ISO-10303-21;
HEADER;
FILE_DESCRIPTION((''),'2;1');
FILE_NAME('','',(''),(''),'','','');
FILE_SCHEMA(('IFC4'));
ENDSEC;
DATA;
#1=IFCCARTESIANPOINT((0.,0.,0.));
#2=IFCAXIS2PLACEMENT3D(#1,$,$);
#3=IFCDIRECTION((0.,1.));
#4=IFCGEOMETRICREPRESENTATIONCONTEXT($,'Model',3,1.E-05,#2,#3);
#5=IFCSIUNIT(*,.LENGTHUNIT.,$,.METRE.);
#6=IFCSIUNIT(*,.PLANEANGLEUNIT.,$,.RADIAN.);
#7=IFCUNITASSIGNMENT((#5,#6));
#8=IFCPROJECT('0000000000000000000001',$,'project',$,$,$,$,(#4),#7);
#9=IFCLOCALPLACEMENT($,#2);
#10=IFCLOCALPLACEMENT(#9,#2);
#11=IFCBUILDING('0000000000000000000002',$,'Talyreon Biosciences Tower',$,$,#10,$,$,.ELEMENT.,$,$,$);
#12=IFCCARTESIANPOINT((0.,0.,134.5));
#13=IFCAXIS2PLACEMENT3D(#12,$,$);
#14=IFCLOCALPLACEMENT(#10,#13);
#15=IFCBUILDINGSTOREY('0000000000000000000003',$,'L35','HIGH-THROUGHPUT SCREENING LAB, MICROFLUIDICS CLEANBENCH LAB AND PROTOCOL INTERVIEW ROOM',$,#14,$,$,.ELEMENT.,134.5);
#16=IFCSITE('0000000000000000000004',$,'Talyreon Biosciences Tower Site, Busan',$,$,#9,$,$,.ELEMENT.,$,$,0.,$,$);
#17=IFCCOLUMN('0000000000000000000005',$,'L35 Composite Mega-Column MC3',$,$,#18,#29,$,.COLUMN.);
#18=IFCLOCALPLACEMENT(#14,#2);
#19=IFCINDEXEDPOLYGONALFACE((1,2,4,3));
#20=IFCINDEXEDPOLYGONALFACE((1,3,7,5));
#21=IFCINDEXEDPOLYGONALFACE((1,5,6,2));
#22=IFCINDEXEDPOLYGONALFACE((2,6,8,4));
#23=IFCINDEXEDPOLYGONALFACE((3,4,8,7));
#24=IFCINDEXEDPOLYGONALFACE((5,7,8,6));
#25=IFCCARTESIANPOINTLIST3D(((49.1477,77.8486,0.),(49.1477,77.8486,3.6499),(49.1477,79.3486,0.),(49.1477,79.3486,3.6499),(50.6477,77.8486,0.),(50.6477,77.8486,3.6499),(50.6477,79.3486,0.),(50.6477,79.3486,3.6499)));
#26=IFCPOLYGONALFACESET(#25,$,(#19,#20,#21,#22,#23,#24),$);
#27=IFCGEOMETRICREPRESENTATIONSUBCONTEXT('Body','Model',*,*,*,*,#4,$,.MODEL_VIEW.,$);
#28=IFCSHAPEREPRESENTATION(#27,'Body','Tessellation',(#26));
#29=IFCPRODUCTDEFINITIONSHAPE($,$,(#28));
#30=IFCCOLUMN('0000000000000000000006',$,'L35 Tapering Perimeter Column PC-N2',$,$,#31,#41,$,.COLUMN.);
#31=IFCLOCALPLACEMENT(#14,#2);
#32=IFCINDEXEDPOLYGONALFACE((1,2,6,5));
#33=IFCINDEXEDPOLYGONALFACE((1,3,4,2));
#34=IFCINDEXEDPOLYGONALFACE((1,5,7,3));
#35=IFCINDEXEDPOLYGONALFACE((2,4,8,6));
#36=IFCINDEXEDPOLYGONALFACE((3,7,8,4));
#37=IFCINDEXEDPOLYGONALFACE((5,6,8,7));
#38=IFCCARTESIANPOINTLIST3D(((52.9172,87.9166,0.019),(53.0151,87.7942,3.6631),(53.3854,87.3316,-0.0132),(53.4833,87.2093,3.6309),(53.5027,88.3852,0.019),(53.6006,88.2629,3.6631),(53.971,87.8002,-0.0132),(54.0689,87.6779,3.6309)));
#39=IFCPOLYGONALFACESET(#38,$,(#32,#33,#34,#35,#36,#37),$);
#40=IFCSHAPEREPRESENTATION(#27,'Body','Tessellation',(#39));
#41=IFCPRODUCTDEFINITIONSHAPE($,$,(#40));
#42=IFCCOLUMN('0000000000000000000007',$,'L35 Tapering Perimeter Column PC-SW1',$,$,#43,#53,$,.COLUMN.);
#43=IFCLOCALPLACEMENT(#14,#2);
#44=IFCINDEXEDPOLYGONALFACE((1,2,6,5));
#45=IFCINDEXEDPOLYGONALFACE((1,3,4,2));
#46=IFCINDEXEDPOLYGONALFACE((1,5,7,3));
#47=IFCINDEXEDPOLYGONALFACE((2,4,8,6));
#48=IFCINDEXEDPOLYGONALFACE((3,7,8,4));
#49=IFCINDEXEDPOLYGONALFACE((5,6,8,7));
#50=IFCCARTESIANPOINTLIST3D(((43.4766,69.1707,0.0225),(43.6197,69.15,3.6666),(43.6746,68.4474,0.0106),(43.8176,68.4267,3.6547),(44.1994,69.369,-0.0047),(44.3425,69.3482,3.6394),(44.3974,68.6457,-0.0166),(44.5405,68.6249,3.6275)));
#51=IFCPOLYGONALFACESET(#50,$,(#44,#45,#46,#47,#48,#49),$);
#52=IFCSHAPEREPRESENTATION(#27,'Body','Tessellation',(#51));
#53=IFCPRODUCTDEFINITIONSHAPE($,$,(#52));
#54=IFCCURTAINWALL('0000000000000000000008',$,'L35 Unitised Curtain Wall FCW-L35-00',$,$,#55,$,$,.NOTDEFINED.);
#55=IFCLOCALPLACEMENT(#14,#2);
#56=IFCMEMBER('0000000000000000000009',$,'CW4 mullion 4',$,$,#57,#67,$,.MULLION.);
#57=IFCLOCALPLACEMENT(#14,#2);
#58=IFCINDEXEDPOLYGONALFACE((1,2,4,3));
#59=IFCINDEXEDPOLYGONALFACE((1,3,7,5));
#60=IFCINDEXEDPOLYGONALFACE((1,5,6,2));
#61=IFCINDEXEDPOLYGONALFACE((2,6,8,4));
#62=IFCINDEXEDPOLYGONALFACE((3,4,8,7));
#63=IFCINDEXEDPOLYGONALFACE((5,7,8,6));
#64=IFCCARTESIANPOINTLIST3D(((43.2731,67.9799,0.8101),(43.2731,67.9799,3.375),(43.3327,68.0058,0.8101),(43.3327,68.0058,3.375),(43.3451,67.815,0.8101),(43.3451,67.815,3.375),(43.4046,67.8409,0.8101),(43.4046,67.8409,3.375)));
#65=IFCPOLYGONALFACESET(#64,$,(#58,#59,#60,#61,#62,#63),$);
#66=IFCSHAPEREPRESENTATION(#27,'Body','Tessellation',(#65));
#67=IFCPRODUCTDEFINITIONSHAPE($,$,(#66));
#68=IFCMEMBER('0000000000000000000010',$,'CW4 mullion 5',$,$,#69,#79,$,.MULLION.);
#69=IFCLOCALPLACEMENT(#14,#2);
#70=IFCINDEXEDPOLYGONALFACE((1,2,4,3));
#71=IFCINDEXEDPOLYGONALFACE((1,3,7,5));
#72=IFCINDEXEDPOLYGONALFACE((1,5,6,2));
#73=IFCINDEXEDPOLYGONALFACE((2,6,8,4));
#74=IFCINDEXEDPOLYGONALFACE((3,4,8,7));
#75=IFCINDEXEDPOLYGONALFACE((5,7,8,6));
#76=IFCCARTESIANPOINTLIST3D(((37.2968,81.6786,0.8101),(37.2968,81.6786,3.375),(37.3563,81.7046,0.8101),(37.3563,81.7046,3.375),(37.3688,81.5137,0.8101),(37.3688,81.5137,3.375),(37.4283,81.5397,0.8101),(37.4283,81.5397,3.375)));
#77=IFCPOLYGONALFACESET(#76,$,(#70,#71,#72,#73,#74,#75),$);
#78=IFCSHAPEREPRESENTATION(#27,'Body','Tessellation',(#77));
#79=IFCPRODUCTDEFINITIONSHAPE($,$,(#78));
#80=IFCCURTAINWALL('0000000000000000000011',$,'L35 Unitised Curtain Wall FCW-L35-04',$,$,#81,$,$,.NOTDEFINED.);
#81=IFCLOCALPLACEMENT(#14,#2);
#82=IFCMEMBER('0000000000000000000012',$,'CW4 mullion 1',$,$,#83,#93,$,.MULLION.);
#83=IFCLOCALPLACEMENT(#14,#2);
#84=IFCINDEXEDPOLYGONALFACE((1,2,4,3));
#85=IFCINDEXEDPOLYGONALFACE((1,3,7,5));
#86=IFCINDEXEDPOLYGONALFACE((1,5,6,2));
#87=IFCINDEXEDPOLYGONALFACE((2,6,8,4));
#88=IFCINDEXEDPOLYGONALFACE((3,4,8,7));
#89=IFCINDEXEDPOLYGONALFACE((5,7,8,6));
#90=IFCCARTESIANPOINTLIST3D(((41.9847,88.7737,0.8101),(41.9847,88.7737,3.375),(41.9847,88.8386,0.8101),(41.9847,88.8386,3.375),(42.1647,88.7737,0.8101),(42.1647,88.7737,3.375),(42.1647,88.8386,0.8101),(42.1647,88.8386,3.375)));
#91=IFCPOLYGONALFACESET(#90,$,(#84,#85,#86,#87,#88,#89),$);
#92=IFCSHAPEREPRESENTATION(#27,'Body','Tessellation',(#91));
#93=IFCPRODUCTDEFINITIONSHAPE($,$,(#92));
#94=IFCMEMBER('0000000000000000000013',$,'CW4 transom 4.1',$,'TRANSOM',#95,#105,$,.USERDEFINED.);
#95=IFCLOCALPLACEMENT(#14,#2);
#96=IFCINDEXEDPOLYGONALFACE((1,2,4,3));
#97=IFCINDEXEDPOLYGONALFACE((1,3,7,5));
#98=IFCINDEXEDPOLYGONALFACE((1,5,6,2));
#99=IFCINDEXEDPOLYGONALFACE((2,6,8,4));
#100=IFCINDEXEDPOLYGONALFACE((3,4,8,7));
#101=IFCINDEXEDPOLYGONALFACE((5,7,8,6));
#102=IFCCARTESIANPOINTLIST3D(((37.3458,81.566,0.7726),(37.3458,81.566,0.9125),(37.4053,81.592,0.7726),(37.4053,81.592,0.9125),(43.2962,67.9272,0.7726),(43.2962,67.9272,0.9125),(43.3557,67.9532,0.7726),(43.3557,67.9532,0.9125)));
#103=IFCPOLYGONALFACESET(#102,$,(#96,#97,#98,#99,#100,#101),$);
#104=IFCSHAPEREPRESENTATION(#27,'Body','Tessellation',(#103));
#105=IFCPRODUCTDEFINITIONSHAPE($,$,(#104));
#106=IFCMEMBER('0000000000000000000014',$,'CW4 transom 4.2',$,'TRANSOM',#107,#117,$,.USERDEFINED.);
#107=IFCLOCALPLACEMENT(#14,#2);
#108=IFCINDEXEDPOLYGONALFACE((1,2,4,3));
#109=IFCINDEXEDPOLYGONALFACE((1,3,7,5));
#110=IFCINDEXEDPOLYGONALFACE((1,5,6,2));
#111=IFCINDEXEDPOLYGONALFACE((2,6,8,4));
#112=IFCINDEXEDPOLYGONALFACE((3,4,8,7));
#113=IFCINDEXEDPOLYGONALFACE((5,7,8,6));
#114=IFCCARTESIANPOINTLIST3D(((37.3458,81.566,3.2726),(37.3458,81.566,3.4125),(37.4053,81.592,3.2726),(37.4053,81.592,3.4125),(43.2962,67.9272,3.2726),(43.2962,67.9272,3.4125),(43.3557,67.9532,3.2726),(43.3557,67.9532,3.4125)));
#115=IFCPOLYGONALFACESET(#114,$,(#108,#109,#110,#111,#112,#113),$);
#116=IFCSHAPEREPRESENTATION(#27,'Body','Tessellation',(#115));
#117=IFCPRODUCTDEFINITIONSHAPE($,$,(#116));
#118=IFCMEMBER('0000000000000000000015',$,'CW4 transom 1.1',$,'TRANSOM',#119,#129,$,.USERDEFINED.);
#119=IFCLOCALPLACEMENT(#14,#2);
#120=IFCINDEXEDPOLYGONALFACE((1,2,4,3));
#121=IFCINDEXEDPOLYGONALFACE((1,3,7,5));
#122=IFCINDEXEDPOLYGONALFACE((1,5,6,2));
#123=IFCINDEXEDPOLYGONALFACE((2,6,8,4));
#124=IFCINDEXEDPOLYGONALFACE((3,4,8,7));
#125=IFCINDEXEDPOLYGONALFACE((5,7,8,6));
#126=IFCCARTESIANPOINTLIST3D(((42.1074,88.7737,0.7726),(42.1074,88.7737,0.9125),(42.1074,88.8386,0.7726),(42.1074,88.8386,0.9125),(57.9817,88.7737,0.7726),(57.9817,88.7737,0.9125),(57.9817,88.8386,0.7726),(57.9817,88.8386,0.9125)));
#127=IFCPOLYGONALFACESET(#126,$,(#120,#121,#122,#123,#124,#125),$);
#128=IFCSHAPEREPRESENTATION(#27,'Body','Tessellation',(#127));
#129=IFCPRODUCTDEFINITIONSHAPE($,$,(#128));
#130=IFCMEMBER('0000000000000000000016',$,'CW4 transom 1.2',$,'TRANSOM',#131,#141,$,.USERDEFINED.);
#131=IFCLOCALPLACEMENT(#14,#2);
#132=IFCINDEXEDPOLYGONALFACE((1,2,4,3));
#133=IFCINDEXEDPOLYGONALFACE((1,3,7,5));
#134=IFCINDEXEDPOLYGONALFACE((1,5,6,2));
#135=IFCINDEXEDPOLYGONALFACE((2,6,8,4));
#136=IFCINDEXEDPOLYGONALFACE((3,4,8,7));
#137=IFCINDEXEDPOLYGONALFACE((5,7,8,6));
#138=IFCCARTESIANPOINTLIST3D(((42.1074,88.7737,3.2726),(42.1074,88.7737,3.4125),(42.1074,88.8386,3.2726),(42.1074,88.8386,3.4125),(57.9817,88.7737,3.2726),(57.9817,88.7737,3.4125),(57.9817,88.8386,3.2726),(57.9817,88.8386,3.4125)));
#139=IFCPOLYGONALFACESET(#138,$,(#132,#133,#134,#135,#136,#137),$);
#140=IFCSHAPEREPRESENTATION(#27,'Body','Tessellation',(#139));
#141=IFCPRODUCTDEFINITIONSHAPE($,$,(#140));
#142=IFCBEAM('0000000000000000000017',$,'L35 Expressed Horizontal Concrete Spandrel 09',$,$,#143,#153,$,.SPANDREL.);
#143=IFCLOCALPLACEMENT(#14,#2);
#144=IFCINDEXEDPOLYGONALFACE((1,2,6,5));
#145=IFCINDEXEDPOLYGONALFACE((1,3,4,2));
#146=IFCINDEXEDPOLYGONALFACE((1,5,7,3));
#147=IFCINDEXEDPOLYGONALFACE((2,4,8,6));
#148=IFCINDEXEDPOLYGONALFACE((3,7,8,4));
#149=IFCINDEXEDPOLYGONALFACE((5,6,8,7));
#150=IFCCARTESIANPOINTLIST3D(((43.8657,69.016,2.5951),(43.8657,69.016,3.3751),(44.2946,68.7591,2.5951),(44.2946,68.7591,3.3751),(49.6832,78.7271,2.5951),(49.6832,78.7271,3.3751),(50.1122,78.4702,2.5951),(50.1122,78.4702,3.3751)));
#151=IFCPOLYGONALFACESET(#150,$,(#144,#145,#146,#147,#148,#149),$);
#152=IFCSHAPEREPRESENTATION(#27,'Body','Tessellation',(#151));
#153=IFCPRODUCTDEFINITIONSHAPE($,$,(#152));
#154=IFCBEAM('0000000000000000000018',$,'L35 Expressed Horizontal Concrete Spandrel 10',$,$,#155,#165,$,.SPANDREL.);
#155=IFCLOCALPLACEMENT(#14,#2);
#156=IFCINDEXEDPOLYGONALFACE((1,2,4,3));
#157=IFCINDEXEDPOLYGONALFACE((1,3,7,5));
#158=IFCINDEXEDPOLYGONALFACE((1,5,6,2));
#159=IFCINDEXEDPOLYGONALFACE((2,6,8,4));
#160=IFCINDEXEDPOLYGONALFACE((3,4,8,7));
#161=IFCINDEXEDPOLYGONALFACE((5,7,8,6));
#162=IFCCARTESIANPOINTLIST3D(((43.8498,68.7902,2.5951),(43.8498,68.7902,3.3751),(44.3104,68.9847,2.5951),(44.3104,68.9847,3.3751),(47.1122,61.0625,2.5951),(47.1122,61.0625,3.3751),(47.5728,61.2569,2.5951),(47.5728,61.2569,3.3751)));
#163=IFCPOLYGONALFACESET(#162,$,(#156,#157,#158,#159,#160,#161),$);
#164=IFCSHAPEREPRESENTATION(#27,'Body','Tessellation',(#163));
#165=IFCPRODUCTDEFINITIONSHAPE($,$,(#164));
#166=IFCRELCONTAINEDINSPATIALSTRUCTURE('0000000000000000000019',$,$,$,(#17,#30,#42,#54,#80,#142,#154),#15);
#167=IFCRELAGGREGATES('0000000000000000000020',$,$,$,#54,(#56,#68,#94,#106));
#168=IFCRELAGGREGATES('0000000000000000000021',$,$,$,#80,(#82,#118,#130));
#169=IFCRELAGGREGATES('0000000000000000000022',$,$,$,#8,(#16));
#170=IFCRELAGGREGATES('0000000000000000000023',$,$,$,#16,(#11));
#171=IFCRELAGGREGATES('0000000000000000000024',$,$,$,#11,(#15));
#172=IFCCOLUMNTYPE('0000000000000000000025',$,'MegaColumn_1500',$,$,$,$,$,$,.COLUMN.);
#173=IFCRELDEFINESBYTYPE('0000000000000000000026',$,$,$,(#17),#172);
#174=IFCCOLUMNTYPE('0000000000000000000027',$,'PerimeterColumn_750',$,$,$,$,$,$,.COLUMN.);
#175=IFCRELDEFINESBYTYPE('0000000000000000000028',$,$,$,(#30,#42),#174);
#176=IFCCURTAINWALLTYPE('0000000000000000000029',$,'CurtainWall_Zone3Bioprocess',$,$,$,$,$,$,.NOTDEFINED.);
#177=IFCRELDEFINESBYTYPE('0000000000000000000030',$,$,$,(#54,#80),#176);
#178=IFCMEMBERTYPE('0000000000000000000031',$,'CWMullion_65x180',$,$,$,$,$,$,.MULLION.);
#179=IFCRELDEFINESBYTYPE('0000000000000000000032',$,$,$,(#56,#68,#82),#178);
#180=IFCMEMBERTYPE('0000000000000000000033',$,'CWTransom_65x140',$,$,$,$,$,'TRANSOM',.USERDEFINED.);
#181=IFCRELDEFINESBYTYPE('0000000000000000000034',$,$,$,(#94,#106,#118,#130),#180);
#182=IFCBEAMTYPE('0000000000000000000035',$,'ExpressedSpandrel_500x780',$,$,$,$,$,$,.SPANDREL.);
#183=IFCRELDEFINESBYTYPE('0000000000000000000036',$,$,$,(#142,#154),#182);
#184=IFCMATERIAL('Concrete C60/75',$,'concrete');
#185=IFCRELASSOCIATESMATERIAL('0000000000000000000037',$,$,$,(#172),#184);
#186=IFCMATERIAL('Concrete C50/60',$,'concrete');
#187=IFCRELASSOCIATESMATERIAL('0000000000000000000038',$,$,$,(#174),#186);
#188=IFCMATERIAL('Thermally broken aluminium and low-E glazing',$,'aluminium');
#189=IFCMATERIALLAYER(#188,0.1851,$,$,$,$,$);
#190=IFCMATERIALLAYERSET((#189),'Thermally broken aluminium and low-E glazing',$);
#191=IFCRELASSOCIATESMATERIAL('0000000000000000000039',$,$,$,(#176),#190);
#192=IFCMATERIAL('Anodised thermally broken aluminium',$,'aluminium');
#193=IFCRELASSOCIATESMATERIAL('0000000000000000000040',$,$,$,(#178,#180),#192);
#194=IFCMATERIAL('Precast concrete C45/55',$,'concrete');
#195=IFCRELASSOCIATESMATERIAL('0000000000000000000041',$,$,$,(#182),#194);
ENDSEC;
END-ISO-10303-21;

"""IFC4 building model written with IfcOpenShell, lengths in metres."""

from ifc_helpers import new_model, si_unit, direction, frame, origin, origin_2d, place, context, subcontext, project, spatial, rectangle, extrude, material, layer, layer_set, material_profile, profile_set, type_object, element, aggregate, save


model = new_model("IFC4")

# Units and contexts
model_context = context("Model", 3, precision=1e-05, world=origin(), true_north=direction((0.0, 1.0)))
body_context = subcontext(model_context, "Body", "Model", "MODEL_VIEW")
ifc_project = project(units=[si_unit("LENGTHUNIT", "METRE"), si_unit("PLANEANGLEUNIT", "RADIAN")], contexts=[model_context])

# Site, building, storey
site_placement = place(None, origin())
site = spatial("IfcSite", under=ifc_project, at=site_placement, Name="Talyreon Biosciences Tower Site, Busan", CompositionType="ELEMENT", RefElevation=0.0)
building_placement = place(site_placement, origin())
building = spatial("IfcBuilding", under=site, at=building_placement, Name="Talyreon Biosciences Tower", CompositionType="ELEMENT")
storey_placement = place(building_placement, frame((0.0, 0.0, 134.5)))
storey = spatial("IfcBuildingStorey", under=building, at=storey_placement, Name="L35", Description="HIGH-THROUGHPUT SCREENING LAB, MICROFLUIDICS CLEANBENCH LAB AND PROTOCOL INTERVIEW ROOM", CompositionType="ELEMENT", Elevation=134.5)

# Columns
ifc_material_1 = material(Name="Concrete C60/75", Category="concrete")
ifc_material_profile_1 = material_profile(ifc_material_1, rectangle(XDim=1.5, YDim=1.5, at=origin_2d()), Name="RC 1500x1500")
ifc_profile_set_1 = profile_set([ifc_material_profile_1], Name="Concrete C60/75")
column_type_1 = type_object("IfcColumnType", Name="MegaColumn_1500", PredefinedType="COLUMN", material=ifc_profile_set_1)
column_1_placement = place(storey_placement, frame((49.8977, 78.5986, 0.0), z_axis=(0.0, 0.0, 1.0), x_axis=(1.0, 0.0, 0.0)))
element("IfcColumn", 1, at=column_1_placement, inside=storey, type_object=column_type_1, Name="L35 Composite Mega-Column MC3", PredefinedType="COLUMN", context=body_context, shape_type="SweptSolid", body=[
    extrude(rectangle(XDim=1.5, YDim=1.5, at=origin_2d()), origin(), (0.0, 0.0, 1.0), 3.6499),
])
ifc_material_2 = material(Name="Concrete C50/60", Category="concrete")
ifc_material_profile_2 = material_profile(ifc_material_2, rectangle(XDim=0.75, YDim=0.75, at=origin_2d()), Name="RC 750x750")
ifc_profile_set_2 = profile_set([ifc_material_profile_2], Name="Concrete C50/60")
column_type_2 = type_object("IfcColumnType", Name="PerimeterColumn_750", PredefinedType="COLUMN", material=ifc_profile_set_2)
column_2_placement = place(storey_placement, frame((53.4441, 87.8584, 0.0029), z_axis=(0.026841, -0.033535, 0.999077), x_axis=(-0.780717, -0.624885, 0.0)))
element("IfcColumn", 2, at=column_2_placement, inside=storey, type_object=column_type_2, Name="L35 Tapering Perimeter Column PC-N2", PredefinedType="COLUMN", context=body_context, shape_type="SweptSolid", body=[
    extrude(rectangle(XDim=0.75, YDim=0.75, at=origin_2d()), origin(), (0.0, 0.0, 1.0), 3.6475),
])
column_3_placement = place(storey_placement, frame((43.937, 68.9082, 0.0029), z_axis=(0.039229, -0.00569, 0.999214), x_axis=(0.963744, 0.264342, -0.036332)))
element("IfcColumn", 3, at=column_3_placement, inside=storey, type_object=column_type_2, Name="L35 Tapering Perimeter Column PC-SW1", PredefinedType="COLUMN", context=body_context, shape_type="SweptSolid", body=[
    extrude(rectangle(XDim=0.75, YDim=0.75, at=origin_2d()), origin(), (0.0, 0.0, 1.0), 3.647),
])

# Curtain wall, members
ifc_material_3 = material(Name="Thermally broken aluminium and low-E glazing", Category="aluminium")
ifc_layer_1 = layer(ifc_material_3, 0.1851)
ifc_layer_set_1 = layer_set([ifc_layer_1], Name="Thermally broken aluminium and low-E glazing")
curtain_wall_type = type_object("IfcCurtainWallType", Name="CurtainWall_Zone3Bioprocess", PredefinedType="NOTDEFINED", material=ifc_layer_set_1)
curtain_wall_1_placement = place(storey_placement, origin())
curtain_wall_1 = element("IfcCurtainWall", 4, at=curtain_wall_1_placement, inside=storey, type_object=curtain_wall_type, Name="L35 Unitised Curtain Wall FCW-L35-00", PredefinedType="NOTDEFINED")
ifc_material_4 = material(Name="Anodised thermally broken aluminium", Category="aluminium")
ifc_material_profile_3 = material_profile(ifc_material_4, rectangle(XDim=0.0649, YDim=0.1799, at=origin_2d()), Name="ALUM MULLION 65x180")
ifc_profile_set_3 = profile_set([ifc_material_profile_3], Name="Anodised thermally broken aluminium")
member_type_1 = type_object("IfcMemberType", Name="CWMullion_65x180", PredefinedType="MULLION", material=ifc_profile_set_3)
member_1_placement = place(storey_placement, frame((43.3389, 67.9104, 0.8101), z_axis=(0.0, 0.0, 1.0), x_axis=(-0.916566, -0.399882, 0.0)))
member_1 = element("IfcMember", 5, at=member_1_placement, type_object=member_type_1, Name="CW4 mullion 4", PredefinedType="MULLION", context=body_context, shape_type="SweptSolid", body=[
    extrude(rectangle(XDim=0.0649, YDim=0.1799, at=origin_2d()), origin(), (0.0, 0.0, 1.0), 2.5649),
])
member_2_placement = place(storey_placement, frame((37.3625, 81.6091, 0.8101), z_axis=(0.0, 0.0, 1.0), x_axis=(-0.916566, -0.399882, 0.0)))
member_2 = element("IfcMember", 6, at=member_2_placement, type_object=member_type_1, Name="CW4 mullion 5", PredefinedType="MULLION", context=body_context, shape_type="SweptSolid", body=[
    extrude(rectangle(XDim=0.0649, YDim=0.1799, at=origin_2d()), origin(), (0.0, 0.0, 1.0), 2.5649),
])

# Curtain wall, member
curtain_wall_2_placement = place(storey_placement, origin())
curtain_wall_2 = element("IfcCurtainWall", 7, at=curtain_wall_2_placement, inside=storey, type_object=curtain_wall_type, Name="L35 Unitised Curtain Wall FCW-L35-04", PredefinedType="NOTDEFINED")
member_3_placement = place(storey_placement, frame((42.0747, 88.8062, 0.8101), z_axis=(0.0, 0.0, 1.0), x_axis=(0.0, 1.0, 0.0)))
member_3 = element("IfcMember", 8, at=member_3_placement, type_object=member_type_1, Name="CW4 mullion 1", PredefinedType="MULLION", context=body_context, shape_type="SweptSolid", body=[
    extrude(rectangle(XDim=0.0649, YDim=0.1799, at=origin_2d()), origin(), (0.0, 0.0, 1.0), 2.5649),
])

# Members
ifc_material_profile_4 = material_profile(ifc_material_4, rectangle(XDim=0.0649, YDim=0.1399, at=origin_2d()), Name="ALUM TRANSOM 65x140")
ifc_profile_set_4 = profile_set([ifc_material_profile_4], Name="Anodised thermally broken aluminium")
member_type_2 = type_object("IfcMemberType", Name="CWTransom_65x140", ElementType="TRANSOM", PredefinedType="USERDEFINED", material=ifc_profile_set_4)
member_4_placement = place(storey_placement, frame((43.3259, 67.9402, 0.8425), z_axis=(-0.399883, 0.916566, 0.0), x_axis=(-0.916566, -0.399883, 0.0)))
member_4 = element("IfcMember", 9, at=member_4_placement, type_object=member_type_2, Name="CW4 transom 4.1", ObjectType="TRANSOM", PredefinedType="USERDEFINED", context=body_context, shape_type="SweptSolid", body=[
    extrude(rectangle(XDim=0.0649, YDim=0.1399, at=origin_2d()), origin(), (0.0, 0.0, 1.0), 14.8804),
])
member_5_placement = place(storey_placement, frame((43.3259, 67.9402, 3.3425), z_axis=(-0.399883, 0.916566, 0.0), x_axis=(-0.916566, -0.399883, 0.0)))
member_5 = element("IfcMember", 10, at=member_5_placement, type_object=member_type_2, Name="CW4 transom 4.2", ObjectType="TRANSOM", PredefinedType="USERDEFINED", context=body_context, shape_type="SweptSolid", body=[
    extrude(rectangle(XDim=0.0649, YDim=0.1399, at=origin_2d()), origin(), (0.0, 0.0, 1.0), 14.8804),
])
member_6_placement = place(storey_placement, frame((42.1074, 88.8062, 0.8425), z_axis=(1.0, 0.0, 0.0), x_axis=(0.0, 1.0, 0.0)))
member_6 = element("IfcMember", 11, at=member_6_placement, type_object=member_type_2, Name="CW4 transom 1.1", ObjectType="TRANSOM", PredefinedType="USERDEFINED", context=body_context, shape_type="SweptSolid", body=[
    extrude(rectangle(XDim=0.0649, YDim=0.1399, at=origin_2d()), origin(), (0.0, 0.0, 1.0), 15.8743),
])
member_7_placement = place(storey_placement, frame((42.1074, 88.8062, 3.3425), z_axis=(1.0, 0.0, 0.0), x_axis=(0.0, 1.0, 0.0)))
member_7 = element("IfcMember", 12, at=member_7_placement, type_object=member_type_2, Name="CW4 transom 1.2", ObjectType="TRANSOM", PredefinedType="USERDEFINED", context=body_context, shape_type="SweptSolid", body=[
    extrude(rectangle(XDim=0.0649, YDim=0.1399, at=origin_2d()), origin(), (0.0, 0.0, 1.0), 15.8743),
])

# Beams
ifc_material_5 = material(Name="Precast concrete C45/55", Category="concrete")
ifc_material_profile_5 = material_profile(ifc_material_5, rectangle(XDim=0.5, YDim=0.78, at=origin_2d()), Name="RCB 500x780")
ifc_profile_set_5 = profile_set([ifc_material_profile_5], Name="Precast concrete C45/55")
beam_type_1 = type_object("IfcBeamType", Name="ExpressedSpandrel_500x780", PredefinedType="SPANDREL", material=ifc_profile_set_5)
beam_1_placement = place(storey_placement, frame((49.8977, 78.5986, 2.9851), z_axis=(-0.513906, -0.857847, 0.0), x_axis=(0.857847, -0.513906, 0.0)))
element("IfcBeam", 13, at=beam_1_placement, inside=storey, type_object=beam_type_1, Name="L35 Expressed Horizontal Concrete Spandrel 09", PredefinedType="SPANDREL", context=body_context, shape_type="SweptSolid", body=[
    extrude(rectangle(XDim=0.5, YDim=0.78, at=origin_2d()), origin(), (0.0, 0.0, 1.0), 11.3203),
])
beam_2_placement = place(storey_placement, frame((44.0801, 68.8875, 2.9851), z_axis=(0.388933, -0.921266, 0.0), x_axis=(0.921266, 0.388933, 0.0)))
element("IfcBeam", 14, at=beam_2_placement, inside=storey, type_object=beam_type_1, Name="L35 Expressed Horizontal Concrete Spandrel 10", PredefinedType="SPANDREL", context=body_context, shape_type="SweptSolid", body=[
    extrude(rectangle(XDim=0.5, YDim=0.78, at=origin_2d()), origin(), (0.0, 0.0, 1.0), 8.3882),
])

aggregate(curtain_wall_1, [member_1, member_2, member_4, member_5])
aggregate(curtain_wall_2, [member_3, member_6, member_7])

save(model, "model.ifc")
